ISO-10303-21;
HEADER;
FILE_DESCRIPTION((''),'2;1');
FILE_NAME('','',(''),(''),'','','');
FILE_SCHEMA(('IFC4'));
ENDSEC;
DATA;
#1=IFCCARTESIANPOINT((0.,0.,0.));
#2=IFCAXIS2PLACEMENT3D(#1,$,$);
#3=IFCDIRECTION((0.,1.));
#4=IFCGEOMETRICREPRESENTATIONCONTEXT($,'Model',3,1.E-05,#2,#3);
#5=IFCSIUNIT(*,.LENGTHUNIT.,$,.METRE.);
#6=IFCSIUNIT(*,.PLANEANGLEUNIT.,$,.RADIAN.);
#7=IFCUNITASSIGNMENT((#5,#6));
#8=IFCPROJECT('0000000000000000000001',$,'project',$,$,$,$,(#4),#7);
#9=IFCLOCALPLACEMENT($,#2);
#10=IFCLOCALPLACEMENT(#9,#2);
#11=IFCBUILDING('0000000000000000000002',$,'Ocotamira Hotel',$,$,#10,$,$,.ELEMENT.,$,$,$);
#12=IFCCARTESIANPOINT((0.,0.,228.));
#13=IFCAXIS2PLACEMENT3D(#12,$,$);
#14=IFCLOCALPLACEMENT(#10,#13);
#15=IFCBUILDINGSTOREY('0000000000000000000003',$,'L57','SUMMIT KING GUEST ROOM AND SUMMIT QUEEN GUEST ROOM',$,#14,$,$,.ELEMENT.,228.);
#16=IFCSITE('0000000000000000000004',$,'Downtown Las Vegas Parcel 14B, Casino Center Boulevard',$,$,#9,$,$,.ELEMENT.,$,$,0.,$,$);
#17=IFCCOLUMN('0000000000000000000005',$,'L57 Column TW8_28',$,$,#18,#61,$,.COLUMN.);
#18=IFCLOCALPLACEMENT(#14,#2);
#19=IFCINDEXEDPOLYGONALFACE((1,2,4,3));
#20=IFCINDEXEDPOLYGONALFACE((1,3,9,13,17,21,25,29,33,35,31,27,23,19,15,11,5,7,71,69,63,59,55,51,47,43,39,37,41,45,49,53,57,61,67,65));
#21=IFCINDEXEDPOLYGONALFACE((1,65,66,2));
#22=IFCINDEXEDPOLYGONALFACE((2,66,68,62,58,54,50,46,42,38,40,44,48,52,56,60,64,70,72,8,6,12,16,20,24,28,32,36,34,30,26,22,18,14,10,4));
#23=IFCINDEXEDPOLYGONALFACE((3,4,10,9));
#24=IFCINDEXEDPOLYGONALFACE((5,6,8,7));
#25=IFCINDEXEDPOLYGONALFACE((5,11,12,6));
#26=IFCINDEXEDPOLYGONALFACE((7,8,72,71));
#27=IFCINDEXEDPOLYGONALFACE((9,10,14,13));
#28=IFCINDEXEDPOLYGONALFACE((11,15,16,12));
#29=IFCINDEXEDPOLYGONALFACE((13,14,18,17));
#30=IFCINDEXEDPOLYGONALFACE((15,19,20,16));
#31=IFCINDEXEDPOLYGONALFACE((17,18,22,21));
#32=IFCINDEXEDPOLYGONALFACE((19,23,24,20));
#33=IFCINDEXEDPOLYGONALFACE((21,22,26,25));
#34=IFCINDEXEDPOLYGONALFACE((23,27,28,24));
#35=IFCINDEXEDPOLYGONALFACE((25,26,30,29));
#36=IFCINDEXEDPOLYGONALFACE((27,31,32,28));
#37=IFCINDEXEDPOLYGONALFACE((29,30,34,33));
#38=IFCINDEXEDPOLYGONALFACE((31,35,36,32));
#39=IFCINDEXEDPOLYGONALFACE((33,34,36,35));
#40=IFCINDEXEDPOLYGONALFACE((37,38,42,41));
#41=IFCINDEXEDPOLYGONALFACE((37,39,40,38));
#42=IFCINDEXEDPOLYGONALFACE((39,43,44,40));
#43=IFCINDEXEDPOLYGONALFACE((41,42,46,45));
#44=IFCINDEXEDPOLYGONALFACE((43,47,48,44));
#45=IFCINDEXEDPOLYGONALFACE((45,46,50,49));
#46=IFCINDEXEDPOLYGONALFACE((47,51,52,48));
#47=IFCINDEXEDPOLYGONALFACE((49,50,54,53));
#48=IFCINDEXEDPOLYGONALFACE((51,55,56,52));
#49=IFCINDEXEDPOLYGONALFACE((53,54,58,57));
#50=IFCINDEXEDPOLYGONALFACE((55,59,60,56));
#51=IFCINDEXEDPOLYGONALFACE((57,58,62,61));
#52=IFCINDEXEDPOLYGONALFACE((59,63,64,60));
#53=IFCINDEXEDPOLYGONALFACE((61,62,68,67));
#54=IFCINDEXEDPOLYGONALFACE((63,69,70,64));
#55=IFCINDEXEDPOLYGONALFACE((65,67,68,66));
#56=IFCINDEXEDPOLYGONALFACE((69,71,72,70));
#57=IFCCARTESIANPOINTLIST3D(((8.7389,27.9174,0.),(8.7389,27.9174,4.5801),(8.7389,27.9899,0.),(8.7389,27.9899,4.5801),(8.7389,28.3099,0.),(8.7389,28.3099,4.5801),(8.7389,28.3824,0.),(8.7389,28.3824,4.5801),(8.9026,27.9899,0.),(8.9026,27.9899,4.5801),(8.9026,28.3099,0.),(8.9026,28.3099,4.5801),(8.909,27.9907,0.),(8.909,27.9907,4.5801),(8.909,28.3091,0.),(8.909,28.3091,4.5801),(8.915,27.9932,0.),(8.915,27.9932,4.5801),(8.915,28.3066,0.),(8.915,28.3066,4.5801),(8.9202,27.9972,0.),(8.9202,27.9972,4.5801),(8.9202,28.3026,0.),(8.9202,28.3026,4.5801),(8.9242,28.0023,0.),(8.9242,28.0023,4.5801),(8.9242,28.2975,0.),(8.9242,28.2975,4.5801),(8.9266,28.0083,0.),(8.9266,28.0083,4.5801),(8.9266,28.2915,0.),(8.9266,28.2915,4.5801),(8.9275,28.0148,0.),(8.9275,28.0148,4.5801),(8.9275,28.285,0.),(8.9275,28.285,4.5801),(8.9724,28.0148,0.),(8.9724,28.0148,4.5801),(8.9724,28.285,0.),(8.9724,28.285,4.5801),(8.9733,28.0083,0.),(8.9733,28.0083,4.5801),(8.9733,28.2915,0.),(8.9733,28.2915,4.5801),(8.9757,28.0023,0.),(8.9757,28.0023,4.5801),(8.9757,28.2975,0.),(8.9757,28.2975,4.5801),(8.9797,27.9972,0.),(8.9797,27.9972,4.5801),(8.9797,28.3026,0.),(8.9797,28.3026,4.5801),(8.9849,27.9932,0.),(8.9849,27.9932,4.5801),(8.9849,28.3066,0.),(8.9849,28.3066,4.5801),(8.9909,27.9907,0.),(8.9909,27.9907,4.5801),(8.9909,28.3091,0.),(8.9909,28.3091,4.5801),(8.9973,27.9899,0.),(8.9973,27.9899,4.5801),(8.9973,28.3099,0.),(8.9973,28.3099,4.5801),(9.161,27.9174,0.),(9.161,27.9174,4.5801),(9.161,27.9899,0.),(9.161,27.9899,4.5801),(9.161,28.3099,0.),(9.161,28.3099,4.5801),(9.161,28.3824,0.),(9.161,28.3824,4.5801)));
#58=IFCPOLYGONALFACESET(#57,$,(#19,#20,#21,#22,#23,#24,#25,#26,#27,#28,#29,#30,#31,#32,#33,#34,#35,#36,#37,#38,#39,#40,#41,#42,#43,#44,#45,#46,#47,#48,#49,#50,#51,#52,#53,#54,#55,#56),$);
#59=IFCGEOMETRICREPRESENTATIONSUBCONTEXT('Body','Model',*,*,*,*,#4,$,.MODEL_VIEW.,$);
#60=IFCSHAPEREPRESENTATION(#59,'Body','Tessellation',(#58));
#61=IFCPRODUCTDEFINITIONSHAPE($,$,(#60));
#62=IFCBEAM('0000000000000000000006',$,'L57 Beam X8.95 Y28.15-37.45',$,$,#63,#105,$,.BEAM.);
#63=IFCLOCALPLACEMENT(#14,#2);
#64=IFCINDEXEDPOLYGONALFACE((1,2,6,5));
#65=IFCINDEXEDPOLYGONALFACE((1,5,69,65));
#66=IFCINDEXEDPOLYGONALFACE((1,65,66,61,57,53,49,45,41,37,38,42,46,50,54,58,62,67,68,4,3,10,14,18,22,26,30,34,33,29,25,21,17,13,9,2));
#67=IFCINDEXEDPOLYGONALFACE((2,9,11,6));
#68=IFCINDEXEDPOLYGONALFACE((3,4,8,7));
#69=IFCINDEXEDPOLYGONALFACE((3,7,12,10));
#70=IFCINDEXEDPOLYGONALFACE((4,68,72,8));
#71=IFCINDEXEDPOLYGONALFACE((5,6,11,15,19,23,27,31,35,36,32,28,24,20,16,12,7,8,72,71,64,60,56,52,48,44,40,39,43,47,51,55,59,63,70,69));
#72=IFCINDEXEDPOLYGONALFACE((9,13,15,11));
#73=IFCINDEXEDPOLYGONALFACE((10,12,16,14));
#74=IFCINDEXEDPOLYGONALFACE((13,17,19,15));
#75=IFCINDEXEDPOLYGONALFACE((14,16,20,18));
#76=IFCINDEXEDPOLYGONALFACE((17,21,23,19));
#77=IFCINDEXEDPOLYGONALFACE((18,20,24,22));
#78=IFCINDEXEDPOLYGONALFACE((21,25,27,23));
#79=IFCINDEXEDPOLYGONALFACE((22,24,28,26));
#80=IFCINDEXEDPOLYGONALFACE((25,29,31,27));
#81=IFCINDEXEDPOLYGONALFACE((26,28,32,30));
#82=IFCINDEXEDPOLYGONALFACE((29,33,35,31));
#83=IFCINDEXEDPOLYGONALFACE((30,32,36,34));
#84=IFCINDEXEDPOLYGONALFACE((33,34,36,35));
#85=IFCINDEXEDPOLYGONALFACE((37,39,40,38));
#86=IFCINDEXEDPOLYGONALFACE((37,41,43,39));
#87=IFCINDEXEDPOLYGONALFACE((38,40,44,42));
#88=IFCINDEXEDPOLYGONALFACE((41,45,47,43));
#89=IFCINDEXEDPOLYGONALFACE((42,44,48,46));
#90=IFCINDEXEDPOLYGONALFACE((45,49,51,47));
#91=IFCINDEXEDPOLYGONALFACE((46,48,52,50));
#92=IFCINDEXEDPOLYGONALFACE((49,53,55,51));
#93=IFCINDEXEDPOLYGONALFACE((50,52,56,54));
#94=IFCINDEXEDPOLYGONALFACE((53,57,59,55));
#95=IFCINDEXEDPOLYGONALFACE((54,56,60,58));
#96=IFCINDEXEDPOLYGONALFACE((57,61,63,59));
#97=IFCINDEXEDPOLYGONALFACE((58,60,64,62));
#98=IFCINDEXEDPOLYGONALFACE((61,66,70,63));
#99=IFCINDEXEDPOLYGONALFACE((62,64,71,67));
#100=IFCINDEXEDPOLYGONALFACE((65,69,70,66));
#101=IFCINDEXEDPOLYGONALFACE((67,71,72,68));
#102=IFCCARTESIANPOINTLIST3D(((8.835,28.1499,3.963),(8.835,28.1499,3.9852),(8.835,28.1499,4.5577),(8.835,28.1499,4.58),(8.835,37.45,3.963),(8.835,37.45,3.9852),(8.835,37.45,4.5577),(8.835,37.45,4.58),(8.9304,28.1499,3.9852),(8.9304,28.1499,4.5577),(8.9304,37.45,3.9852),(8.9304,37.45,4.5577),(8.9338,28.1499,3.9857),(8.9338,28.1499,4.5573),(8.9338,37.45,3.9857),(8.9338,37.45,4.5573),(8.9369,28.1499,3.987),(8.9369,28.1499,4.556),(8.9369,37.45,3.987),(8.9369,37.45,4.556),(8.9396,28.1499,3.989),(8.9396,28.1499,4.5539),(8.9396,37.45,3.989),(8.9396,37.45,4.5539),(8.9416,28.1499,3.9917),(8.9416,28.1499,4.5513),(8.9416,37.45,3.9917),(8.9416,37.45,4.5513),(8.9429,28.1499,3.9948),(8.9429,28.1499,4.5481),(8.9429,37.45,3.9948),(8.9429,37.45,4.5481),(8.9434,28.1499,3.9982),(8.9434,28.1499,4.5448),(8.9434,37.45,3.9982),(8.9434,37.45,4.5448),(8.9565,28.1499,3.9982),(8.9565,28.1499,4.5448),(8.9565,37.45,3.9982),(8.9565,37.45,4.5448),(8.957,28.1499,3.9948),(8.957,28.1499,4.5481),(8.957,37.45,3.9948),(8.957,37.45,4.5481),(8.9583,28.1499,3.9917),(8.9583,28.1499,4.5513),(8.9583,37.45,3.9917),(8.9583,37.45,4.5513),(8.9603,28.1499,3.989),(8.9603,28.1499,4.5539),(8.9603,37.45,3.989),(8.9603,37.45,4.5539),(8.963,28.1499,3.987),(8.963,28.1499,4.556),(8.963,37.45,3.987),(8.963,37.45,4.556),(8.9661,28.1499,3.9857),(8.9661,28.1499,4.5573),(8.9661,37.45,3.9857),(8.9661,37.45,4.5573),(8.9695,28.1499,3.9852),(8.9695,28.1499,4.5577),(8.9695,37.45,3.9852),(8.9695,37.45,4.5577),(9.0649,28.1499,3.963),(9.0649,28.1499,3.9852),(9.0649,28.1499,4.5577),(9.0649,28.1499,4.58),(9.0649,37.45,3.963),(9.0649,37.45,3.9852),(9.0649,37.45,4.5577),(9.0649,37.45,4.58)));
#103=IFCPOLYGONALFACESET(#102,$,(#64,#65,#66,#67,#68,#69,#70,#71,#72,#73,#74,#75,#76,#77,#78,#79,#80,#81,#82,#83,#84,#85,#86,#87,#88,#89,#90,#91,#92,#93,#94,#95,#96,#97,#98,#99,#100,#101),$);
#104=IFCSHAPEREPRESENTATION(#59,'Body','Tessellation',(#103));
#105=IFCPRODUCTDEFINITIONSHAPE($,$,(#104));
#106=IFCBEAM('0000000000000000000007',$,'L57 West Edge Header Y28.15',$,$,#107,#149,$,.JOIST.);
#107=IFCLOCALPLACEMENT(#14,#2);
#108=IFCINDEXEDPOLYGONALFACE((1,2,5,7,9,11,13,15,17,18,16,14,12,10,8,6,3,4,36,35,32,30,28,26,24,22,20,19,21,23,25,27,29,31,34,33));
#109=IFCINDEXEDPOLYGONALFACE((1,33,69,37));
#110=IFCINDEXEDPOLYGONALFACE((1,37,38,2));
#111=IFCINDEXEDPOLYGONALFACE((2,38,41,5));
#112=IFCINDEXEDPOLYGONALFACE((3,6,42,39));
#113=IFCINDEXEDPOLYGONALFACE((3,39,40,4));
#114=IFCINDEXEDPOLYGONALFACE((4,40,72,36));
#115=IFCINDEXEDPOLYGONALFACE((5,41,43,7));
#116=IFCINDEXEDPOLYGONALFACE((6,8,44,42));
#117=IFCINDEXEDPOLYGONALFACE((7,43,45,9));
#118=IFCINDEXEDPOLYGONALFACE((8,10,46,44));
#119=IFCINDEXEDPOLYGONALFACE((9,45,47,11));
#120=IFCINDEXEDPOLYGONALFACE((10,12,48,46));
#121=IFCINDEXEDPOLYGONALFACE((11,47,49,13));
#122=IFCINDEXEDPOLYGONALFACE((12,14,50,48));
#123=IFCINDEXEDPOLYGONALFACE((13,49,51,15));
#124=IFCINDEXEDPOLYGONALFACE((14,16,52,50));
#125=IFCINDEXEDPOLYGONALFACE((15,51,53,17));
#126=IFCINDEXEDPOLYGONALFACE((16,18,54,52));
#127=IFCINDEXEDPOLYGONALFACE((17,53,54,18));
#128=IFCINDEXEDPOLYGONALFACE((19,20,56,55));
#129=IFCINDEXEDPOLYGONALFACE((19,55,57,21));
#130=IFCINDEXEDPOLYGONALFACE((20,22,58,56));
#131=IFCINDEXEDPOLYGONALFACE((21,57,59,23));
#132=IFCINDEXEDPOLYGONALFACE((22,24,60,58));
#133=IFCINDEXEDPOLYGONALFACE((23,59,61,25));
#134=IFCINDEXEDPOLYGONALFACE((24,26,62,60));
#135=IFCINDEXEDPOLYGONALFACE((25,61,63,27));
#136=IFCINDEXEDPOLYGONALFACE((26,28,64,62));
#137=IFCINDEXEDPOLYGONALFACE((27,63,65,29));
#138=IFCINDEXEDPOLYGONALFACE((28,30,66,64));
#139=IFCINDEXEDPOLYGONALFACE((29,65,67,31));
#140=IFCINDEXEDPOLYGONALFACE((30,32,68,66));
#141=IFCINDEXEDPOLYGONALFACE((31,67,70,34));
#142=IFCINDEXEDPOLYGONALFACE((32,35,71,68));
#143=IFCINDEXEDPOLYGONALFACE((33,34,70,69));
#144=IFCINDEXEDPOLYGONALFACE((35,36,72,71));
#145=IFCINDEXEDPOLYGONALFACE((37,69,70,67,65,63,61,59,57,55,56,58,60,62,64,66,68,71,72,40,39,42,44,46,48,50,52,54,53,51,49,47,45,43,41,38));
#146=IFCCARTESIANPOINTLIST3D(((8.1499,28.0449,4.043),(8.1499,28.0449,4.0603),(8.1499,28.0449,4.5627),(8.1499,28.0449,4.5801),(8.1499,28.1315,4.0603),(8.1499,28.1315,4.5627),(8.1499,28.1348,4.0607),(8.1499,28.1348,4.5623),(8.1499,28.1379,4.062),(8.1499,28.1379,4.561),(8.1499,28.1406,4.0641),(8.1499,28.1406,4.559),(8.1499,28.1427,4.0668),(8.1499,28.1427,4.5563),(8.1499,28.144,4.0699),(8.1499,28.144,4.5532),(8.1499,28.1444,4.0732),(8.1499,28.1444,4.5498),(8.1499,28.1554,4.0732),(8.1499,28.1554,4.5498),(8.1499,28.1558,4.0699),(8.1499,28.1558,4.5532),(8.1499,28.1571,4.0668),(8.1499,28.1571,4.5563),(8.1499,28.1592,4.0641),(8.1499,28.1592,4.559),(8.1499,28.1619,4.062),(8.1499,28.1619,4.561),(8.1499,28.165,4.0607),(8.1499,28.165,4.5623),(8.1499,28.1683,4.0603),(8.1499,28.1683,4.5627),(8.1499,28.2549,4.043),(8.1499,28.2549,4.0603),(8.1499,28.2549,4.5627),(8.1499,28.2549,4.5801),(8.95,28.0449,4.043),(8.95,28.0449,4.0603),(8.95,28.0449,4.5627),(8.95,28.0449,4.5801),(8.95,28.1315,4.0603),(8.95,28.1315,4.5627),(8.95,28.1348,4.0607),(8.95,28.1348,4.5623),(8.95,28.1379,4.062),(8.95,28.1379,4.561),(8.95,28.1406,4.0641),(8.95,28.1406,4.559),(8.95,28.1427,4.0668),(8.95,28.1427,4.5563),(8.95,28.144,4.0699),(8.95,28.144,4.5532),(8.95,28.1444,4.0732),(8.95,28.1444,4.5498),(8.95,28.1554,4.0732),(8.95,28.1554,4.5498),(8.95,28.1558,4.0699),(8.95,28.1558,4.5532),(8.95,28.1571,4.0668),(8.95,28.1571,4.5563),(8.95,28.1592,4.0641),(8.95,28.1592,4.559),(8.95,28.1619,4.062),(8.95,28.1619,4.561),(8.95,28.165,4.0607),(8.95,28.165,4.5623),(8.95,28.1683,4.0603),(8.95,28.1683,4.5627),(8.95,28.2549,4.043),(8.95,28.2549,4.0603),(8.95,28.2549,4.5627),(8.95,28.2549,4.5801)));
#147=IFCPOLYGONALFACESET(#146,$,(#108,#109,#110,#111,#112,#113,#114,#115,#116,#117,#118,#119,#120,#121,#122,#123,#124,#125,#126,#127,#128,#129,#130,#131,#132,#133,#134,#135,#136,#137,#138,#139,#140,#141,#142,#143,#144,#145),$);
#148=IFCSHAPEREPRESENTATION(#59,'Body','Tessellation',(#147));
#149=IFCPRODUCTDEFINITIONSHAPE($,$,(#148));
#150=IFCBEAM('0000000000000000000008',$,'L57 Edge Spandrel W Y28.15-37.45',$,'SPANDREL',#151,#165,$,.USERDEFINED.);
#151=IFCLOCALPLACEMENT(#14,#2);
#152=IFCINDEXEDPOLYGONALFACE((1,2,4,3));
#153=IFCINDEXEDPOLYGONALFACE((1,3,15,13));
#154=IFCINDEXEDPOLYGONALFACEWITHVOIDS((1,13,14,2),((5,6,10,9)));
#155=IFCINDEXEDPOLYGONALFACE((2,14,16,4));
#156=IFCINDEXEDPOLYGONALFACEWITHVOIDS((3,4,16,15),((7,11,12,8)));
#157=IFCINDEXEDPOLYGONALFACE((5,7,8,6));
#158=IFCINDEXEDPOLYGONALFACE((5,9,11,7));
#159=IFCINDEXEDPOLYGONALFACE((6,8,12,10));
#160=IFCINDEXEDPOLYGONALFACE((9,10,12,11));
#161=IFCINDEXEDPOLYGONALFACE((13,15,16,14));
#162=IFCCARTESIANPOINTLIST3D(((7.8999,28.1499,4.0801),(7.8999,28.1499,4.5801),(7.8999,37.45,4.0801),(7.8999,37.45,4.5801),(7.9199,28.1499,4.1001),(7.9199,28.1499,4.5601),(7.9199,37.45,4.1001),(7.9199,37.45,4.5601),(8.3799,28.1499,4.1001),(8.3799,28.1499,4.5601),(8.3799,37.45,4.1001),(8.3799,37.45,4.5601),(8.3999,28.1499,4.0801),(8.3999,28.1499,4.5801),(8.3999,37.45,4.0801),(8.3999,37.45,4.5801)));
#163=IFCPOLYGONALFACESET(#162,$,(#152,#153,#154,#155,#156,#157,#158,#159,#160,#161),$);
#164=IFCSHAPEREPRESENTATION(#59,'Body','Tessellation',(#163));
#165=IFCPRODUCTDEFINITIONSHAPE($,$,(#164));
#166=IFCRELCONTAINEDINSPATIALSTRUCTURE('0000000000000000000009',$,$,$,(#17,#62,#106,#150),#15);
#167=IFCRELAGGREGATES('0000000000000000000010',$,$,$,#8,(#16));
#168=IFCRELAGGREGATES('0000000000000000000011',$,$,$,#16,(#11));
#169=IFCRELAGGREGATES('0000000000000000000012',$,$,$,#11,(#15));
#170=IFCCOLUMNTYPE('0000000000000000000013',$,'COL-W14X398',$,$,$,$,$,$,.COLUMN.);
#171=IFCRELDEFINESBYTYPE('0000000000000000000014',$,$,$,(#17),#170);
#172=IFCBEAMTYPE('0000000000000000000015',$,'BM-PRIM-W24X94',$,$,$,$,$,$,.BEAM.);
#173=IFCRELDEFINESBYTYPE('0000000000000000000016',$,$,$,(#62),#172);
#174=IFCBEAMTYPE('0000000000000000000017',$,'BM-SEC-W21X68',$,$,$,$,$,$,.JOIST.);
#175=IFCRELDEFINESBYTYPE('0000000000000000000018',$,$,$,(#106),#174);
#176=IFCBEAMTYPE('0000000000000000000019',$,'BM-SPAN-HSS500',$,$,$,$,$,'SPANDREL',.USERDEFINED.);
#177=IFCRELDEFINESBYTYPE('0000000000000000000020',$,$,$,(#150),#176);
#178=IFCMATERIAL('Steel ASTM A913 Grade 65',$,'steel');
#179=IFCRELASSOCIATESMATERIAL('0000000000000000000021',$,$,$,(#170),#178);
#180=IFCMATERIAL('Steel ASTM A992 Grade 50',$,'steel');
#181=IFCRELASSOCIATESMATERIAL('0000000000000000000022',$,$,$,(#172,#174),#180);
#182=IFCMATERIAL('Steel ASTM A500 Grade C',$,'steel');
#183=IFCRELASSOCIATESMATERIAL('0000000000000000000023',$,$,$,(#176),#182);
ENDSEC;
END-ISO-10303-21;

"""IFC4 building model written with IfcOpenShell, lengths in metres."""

from ifc_helpers import new_model, si_unit, direction, frame, origin, origin_2d, place, context, subcontext, project, spatial, hollow_rectangle, i_section, extrude, source, transform, mapped, material, material_profile, profile_set, type_object, element, save


model = new_model("IFC4")

# Units and contexts
model_context = context("Model", 3, precision=1e-05, world=origin(), true_north=direction((0.0, 1.0)))
body_context = subcontext(model_context, "Body", "Model", "MODEL_VIEW")
ifc_project = project(units=[si_unit("LENGTHUNIT", "METRE"), si_unit("PLANEANGLEUNIT", "RADIAN")], contexts=[model_context])

# Site, building, storey
site_placement = place(None, origin())
site = spatial("IfcSite", under=ifc_project, at=site_placement, Name="Downtown Las Vegas Parcel 14B, Casino Center Boulevard", CompositionType="ELEMENT", RefElevation=0.0)
building_placement = place(site_placement, origin())
building = spatial("IfcBuilding", under=site, at=building_placement, Name="Ocotamira Hotel", CompositionType="ELEMENT")
storey_placement = place(building_placement, frame((0.0, 0.0, 228.0)))
storey = spatial("IfcBuildingStorey", under=building, at=storey_placement, Name="L57", Description="SUMMIT KING GUEST ROOM AND SUMMIT QUEEN GUEST ROOM", CompositionType="ELEMENT", Elevation=228.0)

# Column
ifc_material_1 = material(Name="Steel ASTM A913 Grade 65", Category="steel")
ifc_material_profile_1 = material_profile(ifc_material_1, i_section(OverallWidth=0.4221, OverallDepth=0.4651, WebThickness=0.0449, FlangeThickness=0.0725, FilletRadius=0.0249, at=origin_2d()), Name="W14X398")
ifc_profile_set_1 = profile_set([ifc_material_profile_1], Name="Steel ASTM A913 Grade 65")
column_type = type_object("IfcColumnType", Name="COL-W14X398", PredefinedType="COLUMN", material=ifc_profile_set_1)
shared_shape_1 = source(origin(), body_context, "Body", "SweptSolid", [
    extrude(i_section(OverallWidth=0.4221, OverallDepth=0.4651, WebThickness=0.0449, FlangeThickness=0.0725, FilletRadius=0.0249, at=origin_2d()), origin(), (0.0, 0.0, 1.0), 4.5801),
])
column_placement = place(storey_placement, frame((8.95, 28.1499, 0.0), z_axis=(0.0, 0.0, 1.0), x_axis=(1.0, 0.0, 0.0)))
element("IfcColumn", 1, at=column_placement, inside=storey, type_object=column_type, Name="L57 Column TW8_28", PredefinedType="COLUMN", context=body_context, shape_type="MappedRepresentation", body=[
    mapped(shared_shape_1, transform((0.0, 0.0, 0.0), scale=1.0)),
])

# Beams
ifc_material_2 = material(Name="Steel ASTM A992 Grade 50", Category="steel")
ifc_material_profile_2 = material_profile(ifc_material_2, i_section(OverallWidth=0.23, OverallDepth=0.6169, WebThickness=0.0132, FlangeThickness=0.0222, FilletRadius=0.0129, at=origin_2d()), Name="W24X94")
ifc_profile_set_2 = profile_set([ifc_material_profile_2], Name="Steel ASTM A992 Grade 50")
beam_type_1 = type_object("IfcBeamType", Name="BM-PRIM-W24X94", PredefinedType="BEAM", material=ifc_profile_set_2)
shared_shape_2 = source(origin(), body_context, "Body", "SweptSolid", [
    extrude(i_section(OverallWidth=0.23, OverallDepth=0.6169, WebThickness=0.0132, FlangeThickness=0.0222, FilletRadius=0.0129, at=origin_2d()), origin(), (0.0, 0.0, 1.0), 9.3),
])
beam_1_placement = place(storey_placement, frame((8.95, 28.1499, 4.2715), z_axis=(0.0, 1.0, 0.0), x_axis=(-1.0, 0.0, 0.0)))
element("IfcBeam", 2, at=beam_1_placement, inside=storey, type_object=beam_type_1, Name="L57 Beam X8.95 Y28.15-37.45", PredefinedType="BEAM", context=body_context, shape_type="MappedRepresentation", body=[
    mapped(shared_shape_2, transform((0.0, 0.0, 0.0), scale=1.0)),
])
ifc_material_profile_3 = material_profile(ifc_material_2, i_section(OverallWidth=0.21, OverallDepth=0.5371, WebThickness=0.011, FlangeThickness=0.0173, FilletRadius=0.0129, at=origin_2d()), Name="W21X68")
ifc_profile_set_3 = profile_set([ifc_material_profile_3], Name="Steel ASTM A992 Grade 50")
beam_type_2 = type_object("IfcBeamType", Name="BM-SEC-W21X68", PredefinedType="JOIST", material=ifc_profile_set_3)
shared_shape_3 = source(origin(), body_context, "Body", "SweptSolid", [
    extrude(i_section(OverallWidth=0.21, OverallDepth=0.5371, WebThickness=0.011, FlangeThickness=0.0173, FilletRadius=0.0129, at=origin_2d()), origin(), (0.0, 0.0, 1.0), 0.8),
])
beam_2_placement = place(storey_placement, frame((8.95, 28.1499, 4.3115), z_axis=(-1.0, 0.0, 0.0), x_axis=(0.0, -1.0, 0.0)))
element("IfcBeam", 3, at=beam_2_placement, inside=storey, type_object=beam_type_2, Name="L57 West Edge Header Y28.15", PredefinedType="JOIST", context=body_context, shape_type="MappedRepresentation", body=[
    mapped(shared_shape_3, transform((0.0, 0.0, 0.0), scale=1.0)),
])
ifc_material_3 = material(Name="Steel ASTM A500 Grade C", Category="steel")
ifc_material_profile_4 = material_profile(ifc_material_3, hollow_rectangle(XDim=0.5, YDim=0.5, WallThickness=0.02, at=origin_2d()), Name="HSS500X500X20")
ifc_profile_set_4 = profile_set([ifc_material_profile_4], Name="Steel ASTM A500 Grade C")
beam_type_3 = type_object("IfcBeamType", Name="BM-SPAN-HSS500", ElementType="SPANDREL", PredefinedType="USERDEFINED", material=ifc_profile_set_4)
shared_shape_4 = source(origin(), body_context, "Body", "SweptSolid", [
    extrude(hollow_rectangle(XDim=0.5, YDim=0.5, WallThickness=0.02, at=origin_2d()), origin(), (0.0, 0.0, 1.0), 9.3),
])
beam_3_placement = place(storey_placement, frame((8.1499, 28.1499, 4.3301), z_axis=(0.0, 1.0, 0.0), x_axis=(-1.0, 0.0, 0.0)))
element("IfcBeam", 4, at=beam_3_placement, inside=storey, type_object=beam_type_3, Name="L57 Edge Spandrel W Y28.15-37.45", ObjectType="SPANDREL", PredefinedType="USERDEFINED", context=body_context, shape_type="MappedRepresentation", body=[
    mapped(shared_shape_4, transform((0.0, 0.0, 0.0), scale=1.0)),
])

save(model, "model.ifc")
